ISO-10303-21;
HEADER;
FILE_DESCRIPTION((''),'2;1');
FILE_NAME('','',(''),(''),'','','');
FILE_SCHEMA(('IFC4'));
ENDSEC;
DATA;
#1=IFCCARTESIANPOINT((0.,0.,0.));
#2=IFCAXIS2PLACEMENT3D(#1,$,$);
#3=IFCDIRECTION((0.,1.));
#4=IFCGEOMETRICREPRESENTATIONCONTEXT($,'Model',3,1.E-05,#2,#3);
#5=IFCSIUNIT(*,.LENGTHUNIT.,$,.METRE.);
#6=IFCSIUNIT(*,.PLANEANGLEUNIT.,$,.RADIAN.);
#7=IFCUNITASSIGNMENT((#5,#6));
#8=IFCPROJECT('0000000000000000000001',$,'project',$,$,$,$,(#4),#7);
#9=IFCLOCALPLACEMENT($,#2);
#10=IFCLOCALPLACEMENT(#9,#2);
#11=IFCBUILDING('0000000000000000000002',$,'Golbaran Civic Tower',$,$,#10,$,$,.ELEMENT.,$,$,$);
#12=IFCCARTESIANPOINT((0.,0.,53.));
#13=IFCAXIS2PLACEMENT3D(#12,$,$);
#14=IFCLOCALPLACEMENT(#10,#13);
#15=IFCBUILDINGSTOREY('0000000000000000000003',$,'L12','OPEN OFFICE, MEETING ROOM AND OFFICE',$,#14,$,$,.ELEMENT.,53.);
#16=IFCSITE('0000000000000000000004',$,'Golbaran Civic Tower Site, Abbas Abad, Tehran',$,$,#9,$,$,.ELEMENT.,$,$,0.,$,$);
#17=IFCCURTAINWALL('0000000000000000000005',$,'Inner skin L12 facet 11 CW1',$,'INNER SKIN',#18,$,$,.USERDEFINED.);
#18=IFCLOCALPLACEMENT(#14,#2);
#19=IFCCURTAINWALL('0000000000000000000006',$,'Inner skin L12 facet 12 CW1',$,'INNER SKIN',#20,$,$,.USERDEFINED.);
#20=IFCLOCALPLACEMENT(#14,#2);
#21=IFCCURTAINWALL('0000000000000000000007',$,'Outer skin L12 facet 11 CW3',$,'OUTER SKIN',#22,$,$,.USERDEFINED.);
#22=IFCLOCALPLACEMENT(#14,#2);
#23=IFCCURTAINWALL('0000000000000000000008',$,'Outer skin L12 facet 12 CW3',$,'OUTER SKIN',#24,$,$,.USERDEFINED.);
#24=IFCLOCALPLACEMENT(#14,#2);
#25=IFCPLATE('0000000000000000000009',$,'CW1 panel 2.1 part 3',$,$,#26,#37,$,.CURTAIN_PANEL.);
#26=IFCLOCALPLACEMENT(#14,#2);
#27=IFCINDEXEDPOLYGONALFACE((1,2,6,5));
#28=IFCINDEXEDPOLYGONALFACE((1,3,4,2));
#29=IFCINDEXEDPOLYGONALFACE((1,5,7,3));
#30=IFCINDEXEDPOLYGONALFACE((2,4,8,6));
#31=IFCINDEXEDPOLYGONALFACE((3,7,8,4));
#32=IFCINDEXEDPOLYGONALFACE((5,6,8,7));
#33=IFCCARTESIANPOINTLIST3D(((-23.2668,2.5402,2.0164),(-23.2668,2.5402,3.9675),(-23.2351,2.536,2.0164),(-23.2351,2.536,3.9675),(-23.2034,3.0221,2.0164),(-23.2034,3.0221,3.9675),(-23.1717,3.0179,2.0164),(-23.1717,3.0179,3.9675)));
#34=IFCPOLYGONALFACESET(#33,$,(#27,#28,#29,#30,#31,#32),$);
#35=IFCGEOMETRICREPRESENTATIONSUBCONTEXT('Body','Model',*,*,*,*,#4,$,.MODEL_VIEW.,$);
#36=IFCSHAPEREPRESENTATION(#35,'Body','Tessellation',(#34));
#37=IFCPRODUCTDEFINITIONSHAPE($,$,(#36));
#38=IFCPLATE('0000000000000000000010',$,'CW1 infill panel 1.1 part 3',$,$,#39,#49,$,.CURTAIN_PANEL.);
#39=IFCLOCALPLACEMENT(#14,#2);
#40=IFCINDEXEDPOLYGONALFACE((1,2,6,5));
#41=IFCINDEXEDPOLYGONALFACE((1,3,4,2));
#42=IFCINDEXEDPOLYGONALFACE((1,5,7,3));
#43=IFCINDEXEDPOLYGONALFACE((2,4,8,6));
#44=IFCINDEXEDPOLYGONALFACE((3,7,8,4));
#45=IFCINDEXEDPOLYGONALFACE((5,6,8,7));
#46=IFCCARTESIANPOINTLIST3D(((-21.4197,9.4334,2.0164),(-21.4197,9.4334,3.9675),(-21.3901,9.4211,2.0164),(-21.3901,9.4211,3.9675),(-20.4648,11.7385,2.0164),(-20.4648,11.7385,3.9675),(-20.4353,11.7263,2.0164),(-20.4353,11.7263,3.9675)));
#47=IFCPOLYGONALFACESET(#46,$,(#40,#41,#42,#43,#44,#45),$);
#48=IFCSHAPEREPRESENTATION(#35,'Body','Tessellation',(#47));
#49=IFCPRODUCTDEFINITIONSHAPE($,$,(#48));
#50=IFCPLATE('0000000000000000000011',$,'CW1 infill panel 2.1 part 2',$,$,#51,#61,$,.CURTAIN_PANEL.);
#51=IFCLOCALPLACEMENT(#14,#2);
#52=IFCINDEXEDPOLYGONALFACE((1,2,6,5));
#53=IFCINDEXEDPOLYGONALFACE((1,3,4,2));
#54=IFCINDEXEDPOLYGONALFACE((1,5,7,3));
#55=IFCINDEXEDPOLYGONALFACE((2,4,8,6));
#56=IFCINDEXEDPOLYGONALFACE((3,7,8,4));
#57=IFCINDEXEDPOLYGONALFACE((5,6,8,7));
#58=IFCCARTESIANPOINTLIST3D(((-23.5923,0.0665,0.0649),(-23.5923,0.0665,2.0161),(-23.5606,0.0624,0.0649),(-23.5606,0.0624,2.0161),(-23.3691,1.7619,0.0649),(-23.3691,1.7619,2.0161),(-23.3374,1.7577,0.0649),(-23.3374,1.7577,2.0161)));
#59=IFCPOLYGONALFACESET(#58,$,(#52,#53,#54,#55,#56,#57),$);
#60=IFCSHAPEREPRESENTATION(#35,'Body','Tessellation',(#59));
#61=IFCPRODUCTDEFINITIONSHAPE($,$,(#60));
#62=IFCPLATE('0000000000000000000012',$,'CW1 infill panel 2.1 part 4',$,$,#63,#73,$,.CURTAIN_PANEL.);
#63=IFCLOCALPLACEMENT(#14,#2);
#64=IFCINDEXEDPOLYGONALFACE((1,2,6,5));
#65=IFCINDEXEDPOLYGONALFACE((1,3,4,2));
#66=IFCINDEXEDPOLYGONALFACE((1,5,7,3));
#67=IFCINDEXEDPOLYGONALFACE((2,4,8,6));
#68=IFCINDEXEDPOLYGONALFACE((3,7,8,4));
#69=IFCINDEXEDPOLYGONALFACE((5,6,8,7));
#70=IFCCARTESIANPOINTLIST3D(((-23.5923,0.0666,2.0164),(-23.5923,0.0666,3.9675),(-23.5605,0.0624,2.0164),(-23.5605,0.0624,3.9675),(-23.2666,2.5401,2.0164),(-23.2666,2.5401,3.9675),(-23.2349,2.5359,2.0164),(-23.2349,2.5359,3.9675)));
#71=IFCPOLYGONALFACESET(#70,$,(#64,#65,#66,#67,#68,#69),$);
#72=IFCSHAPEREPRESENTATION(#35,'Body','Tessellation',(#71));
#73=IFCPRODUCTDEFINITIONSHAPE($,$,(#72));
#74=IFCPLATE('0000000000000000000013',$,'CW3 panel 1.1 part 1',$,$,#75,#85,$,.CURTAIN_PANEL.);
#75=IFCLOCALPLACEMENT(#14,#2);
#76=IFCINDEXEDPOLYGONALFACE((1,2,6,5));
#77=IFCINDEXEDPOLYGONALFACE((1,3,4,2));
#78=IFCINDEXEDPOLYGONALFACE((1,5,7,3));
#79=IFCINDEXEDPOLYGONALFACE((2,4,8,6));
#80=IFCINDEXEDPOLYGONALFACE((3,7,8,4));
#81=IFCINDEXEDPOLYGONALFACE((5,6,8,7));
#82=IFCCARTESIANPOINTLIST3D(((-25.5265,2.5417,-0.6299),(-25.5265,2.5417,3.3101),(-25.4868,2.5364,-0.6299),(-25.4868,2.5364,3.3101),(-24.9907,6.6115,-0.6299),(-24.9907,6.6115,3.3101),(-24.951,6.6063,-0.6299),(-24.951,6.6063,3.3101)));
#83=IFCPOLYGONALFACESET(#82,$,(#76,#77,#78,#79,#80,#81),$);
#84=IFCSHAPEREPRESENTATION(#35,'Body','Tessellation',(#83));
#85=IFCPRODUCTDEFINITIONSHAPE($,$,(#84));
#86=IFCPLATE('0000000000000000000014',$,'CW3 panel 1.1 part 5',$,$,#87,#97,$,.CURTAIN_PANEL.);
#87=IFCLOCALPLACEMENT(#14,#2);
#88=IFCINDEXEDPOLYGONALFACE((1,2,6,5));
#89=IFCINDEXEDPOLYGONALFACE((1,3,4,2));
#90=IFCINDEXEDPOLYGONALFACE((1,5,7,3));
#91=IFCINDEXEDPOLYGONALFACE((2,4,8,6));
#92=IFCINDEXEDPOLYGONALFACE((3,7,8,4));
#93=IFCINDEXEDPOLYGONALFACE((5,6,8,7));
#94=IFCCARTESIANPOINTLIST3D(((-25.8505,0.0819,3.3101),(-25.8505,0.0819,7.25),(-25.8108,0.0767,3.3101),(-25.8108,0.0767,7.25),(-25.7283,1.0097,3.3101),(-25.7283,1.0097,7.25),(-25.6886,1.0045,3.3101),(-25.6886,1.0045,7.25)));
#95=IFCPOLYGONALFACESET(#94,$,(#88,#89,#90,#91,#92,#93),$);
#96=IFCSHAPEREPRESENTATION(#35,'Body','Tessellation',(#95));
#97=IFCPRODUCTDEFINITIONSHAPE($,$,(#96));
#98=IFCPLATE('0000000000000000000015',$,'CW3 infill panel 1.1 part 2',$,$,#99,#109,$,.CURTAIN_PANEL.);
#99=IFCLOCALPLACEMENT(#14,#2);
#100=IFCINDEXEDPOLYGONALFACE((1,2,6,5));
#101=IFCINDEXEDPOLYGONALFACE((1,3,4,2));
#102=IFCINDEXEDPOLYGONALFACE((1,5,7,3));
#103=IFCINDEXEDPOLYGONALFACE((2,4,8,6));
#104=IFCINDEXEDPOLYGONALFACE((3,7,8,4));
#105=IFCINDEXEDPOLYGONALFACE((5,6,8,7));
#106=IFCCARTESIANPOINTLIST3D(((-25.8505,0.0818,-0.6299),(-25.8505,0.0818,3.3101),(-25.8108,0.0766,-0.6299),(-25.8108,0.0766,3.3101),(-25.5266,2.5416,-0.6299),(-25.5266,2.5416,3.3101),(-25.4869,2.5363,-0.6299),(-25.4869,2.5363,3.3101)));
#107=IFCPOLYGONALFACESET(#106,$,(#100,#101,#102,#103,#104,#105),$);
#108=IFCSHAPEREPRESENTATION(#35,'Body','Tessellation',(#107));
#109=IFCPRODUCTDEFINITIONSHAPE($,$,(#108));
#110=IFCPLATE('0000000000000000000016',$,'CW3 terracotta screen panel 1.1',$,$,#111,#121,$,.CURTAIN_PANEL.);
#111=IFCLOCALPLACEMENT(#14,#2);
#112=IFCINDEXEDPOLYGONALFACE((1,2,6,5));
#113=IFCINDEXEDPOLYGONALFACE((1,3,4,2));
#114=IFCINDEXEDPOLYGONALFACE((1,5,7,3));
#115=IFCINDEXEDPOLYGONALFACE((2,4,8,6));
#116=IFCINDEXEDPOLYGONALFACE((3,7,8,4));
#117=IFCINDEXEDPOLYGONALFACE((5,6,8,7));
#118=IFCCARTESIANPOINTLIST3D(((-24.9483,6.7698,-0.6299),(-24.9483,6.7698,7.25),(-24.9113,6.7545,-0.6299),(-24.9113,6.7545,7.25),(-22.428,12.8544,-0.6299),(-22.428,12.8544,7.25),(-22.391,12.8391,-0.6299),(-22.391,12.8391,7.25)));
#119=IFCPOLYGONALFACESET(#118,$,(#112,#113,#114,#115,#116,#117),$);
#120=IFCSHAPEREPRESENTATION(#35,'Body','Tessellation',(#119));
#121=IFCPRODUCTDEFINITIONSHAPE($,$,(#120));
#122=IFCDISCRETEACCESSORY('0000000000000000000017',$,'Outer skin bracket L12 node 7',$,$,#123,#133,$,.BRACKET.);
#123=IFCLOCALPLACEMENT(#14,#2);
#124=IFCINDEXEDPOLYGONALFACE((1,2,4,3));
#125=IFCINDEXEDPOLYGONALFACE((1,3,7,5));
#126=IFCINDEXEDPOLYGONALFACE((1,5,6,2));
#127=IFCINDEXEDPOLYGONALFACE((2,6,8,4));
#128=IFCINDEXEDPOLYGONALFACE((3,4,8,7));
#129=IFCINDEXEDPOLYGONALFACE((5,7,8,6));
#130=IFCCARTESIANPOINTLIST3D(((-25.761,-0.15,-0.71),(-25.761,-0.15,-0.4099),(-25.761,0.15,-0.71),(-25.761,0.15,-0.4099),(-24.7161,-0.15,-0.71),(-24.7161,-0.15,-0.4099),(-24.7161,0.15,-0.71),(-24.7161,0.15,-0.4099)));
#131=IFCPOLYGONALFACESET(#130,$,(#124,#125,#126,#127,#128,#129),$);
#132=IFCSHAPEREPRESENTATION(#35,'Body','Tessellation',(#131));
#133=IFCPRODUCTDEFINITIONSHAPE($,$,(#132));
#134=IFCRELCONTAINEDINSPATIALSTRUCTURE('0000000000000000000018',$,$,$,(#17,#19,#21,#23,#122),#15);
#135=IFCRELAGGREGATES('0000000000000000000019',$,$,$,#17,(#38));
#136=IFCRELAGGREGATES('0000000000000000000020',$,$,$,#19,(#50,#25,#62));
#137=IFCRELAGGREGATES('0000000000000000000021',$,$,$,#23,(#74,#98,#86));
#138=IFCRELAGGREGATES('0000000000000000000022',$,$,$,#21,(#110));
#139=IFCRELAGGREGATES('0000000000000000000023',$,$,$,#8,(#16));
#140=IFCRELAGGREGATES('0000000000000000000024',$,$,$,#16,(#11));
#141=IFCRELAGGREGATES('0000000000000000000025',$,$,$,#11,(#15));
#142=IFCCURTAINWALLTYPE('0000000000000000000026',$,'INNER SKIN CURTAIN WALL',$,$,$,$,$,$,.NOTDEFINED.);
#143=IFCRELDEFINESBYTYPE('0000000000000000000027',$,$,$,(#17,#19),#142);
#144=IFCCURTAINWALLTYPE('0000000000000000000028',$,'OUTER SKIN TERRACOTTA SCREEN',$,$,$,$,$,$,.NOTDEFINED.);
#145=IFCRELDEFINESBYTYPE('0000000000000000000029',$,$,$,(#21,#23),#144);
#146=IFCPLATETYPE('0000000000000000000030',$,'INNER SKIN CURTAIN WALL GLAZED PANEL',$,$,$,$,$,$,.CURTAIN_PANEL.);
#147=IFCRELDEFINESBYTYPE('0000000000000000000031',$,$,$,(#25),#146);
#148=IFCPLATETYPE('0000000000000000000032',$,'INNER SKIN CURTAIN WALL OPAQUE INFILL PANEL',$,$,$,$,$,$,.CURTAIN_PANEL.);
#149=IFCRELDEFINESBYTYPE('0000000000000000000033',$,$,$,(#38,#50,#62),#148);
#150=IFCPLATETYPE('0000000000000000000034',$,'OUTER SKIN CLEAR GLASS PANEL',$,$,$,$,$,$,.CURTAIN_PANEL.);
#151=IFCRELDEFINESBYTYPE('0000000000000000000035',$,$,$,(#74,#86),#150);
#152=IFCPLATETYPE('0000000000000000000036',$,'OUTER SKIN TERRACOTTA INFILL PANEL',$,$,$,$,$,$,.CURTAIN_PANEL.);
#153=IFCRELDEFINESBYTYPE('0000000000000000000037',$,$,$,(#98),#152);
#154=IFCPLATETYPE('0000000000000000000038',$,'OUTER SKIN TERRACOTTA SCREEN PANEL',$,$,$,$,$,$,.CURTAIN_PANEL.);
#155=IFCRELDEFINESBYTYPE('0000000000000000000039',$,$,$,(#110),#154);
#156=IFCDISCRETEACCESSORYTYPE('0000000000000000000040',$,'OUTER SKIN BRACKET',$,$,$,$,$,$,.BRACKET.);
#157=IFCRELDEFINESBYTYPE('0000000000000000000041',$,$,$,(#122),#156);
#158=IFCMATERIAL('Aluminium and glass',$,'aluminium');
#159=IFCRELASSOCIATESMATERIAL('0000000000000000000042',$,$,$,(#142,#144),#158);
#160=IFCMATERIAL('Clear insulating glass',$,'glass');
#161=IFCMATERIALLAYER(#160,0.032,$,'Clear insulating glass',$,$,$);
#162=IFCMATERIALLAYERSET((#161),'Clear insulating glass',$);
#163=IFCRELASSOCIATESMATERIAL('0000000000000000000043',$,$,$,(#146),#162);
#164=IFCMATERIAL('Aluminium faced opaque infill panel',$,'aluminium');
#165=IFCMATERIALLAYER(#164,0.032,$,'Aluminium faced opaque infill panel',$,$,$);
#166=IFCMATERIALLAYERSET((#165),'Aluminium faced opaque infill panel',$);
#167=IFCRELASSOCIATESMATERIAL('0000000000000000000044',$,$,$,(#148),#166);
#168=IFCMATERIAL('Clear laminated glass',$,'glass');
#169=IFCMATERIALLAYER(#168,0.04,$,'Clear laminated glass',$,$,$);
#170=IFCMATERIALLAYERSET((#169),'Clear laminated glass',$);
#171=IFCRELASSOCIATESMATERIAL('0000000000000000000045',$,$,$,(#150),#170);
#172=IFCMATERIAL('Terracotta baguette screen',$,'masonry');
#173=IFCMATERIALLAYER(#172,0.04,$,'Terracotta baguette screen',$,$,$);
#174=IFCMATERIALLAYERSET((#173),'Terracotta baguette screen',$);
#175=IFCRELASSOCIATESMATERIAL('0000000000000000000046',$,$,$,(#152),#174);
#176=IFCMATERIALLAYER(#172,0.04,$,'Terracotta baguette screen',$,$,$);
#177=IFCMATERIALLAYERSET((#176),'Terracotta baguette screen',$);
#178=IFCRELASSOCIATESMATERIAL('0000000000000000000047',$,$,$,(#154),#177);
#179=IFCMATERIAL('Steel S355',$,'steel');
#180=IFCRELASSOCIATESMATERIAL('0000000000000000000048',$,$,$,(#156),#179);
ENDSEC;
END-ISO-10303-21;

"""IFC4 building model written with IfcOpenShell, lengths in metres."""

from ifc_helpers import new_model, si_unit, direction, frame, origin, origin_2d, place, context, subcontext, project, spatial, rectangle, extrude, material, layer, layer_set, type_object, element, aggregate, save


model = new_model("IFC4")

# Units and contexts
model_context = context("Model", 3, precision=1e-05, world=origin(), true_north=direction((0.0, 1.0)))
body_context = subcontext(model_context, "Body", "Model", "MODEL_VIEW")
ifc_project = project(units=[si_unit("LENGTHUNIT", "METRE"), si_unit("PLANEANGLEUNIT", "RADIAN")], contexts=[model_context])

# Site, building, storey
site_placement = place(None, origin())
site = spatial("IfcSite", under=ifc_project, at=site_placement, Name="Golbaran Civic Tower Site, Abbas Abad, Tehran", CompositionType="ELEMENT", RefElevation=0.0)
building_placement = place(site_placement, origin())
building = spatial("IfcBuilding", under=site, at=building_placement, Name="Golbaran Civic Tower", CompositionType="ELEMENT")
storey_placement = place(building_placement, frame((0.0, 0.0, 53.0)))
storey = spatial("IfcBuildingStorey", under=building, at=storey_placement, Name="L12", Description="OPEN OFFICE, MEETING ROOM AND OFFICE", CompositionType="ELEMENT", Elevation=53.0)

# Shared definitions
ifc_material_1 = material(Name="Steel S355", Category="steel")

# Curtain walls
ifc_material_2 = material(Name="Aluminium and glass", Category="aluminium")
curtain_wall_type_1 = type_object("IfcCurtainWallType", Name="INNER SKIN CURTAIN WALL", PredefinedType="NOTDEFINED", material=ifc_material_2)
curtain_wall_1_placement = place(storey_placement, origin())
curtain_wall_1 = element("IfcCurtainWall", 1, at=curtain_wall_1_placement, inside=storey, type_object=curtain_wall_type_1, Name="Inner skin L12 facet 11 CW1", ObjectType="INNER SKIN", PredefinedType="USERDEFINED")
curtain_wall_2_placement = place(storey_placement, origin())
curtain_wall_2 = element("IfcCurtainWall", 2, at=curtain_wall_2_placement, inside=storey, type_object=curtain_wall_type_1, Name="Inner skin L12 facet 12 CW1", ObjectType="INNER SKIN", PredefinedType="USERDEFINED")

# Curtain wall
curtain_wall_type_2 = type_object("IfcCurtainWallType", Name="OUTER SKIN TERRACOTTA SCREEN", PredefinedType="NOTDEFINED", material=ifc_material_2)
curtain_wall_3_placement = place(storey_placement, origin())
curtain_wall_3 = element("IfcCurtainWall", 3, at=curtain_wall_3_placement, inside=storey, type_object=curtain_wall_type_2, Name="Outer skin L12 facet 11 CW3", ObjectType="OUTER SKIN", PredefinedType="USERDEFINED")

# Curtain wall
curtain_wall_4_placement = place(storey_placement, origin())
curtain_wall_4 = element("IfcCurtainWall", 4, at=curtain_wall_4_placement, inside=storey, type_object=curtain_wall_type_2, Name="Outer skin L12 facet 12 CW3", ObjectType="OUTER SKIN", PredefinedType="USERDEFINED")

# Plates
ifc_material_3 = material(Name="Clear insulating glass", Category="glass")
ifc_layer_1 = layer(ifc_material_3, 0.032, Name="Clear insulating glass")
ifc_layer_set_1 = layer_set([ifc_layer_1], Name="Clear insulating glass")
plate_type_1 = type_object("IfcPlateType", Name="INNER SKIN CURTAIN WALL GLAZED PANEL", PredefinedType="CURTAIN_PANEL", material=ifc_layer_set_1)
plate_1_placement = place(storey_placement, frame((-23.2192, 2.7791, 2.0164), z_axis=(0.0, 0.0, 1.0), x_axis=(-0.130526, -0.991445, 0.0)))
plate_1 = element("IfcPlate", 5, at=plate_1_placement, type_object=plate_type_1, Name="CW1 panel 2.1 part 3", PredefinedType="CURTAIN_PANEL", context=body_context, shape_type="SweptSolid", body=[
    extrude(rectangle(XDim=0.4861, YDim=0.032, at=origin_2d()), origin(), (0.0, 0.0, 1.0), 1.9512),
])
ifc_material_4 = material(Name="Aluminium faced opaque infill panel", Category="aluminium")
ifc_layer_2 = layer(ifc_material_4, 0.032, Name="Aluminium faced opaque infill panel")
ifc_layer_set_2 = layer_set([ifc_layer_2], Name="Aluminium faced opaque infill panel")
plate_type_2 = type_object("IfcPlateType", Name="INNER SKIN CURTAIN WALL OPAQUE INFILL PANEL", PredefinedType="CURTAIN_PANEL", material=ifc_layer_set_2)
plate_2_placement = place(storey_placement, frame((-20.9275, 10.5798, 2.0164), z_axis=(0.0, 0.0, 1.0), x_axis=(-0.382683, -0.92388, 0.0)))
plate_2 = element("IfcPlate", 6, at=plate_2_placement, type_object=plate_type_2, Name="CW1 infill panel 1.1 part 3", PredefinedType="CURTAIN_PANEL", context=body_context, shape_type="SweptSolid", body=[
    extrude(rectangle(XDim=2.4951, YDim=0.032, at=origin_2d()), origin(), (0.0, 0.0, 1.0), 1.9512),
])
aggregate(curtain_wall_1, [plate_2])
plate_3_placement = place(storey_placement, frame((-23.4648, 0.9121, 0.0649), z_axis=(0.0, 0.0, 1.0), x_axis=(-0.130526, -0.991445, 0.0)))
plate_3 = element("IfcPlate", 7, at=plate_3_placement, type_object=plate_type_2, Name="CW1 infill panel 2.1 part 2", PredefinedType="CURTAIN_PANEL", context=body_context, shape_type="SweptSolid", body=[
    extrude(rectangle(XDim=1.71, YDim=0.032, at=origin_2d()), origin(), (0.0, 0.0, 1.0), 1.9512),
])
plate_4_placement = place(storey_placement, frame((-23.4136, 1.3013, 2.0164), z_axis=(0.0, 0.0, 1.0), x_axis=(-0.130526, -0.991445, 0.0)))
plate_4 = element("IfcPlate", 8, at=plate_4_placement, type_object=plate_type_2, Name="CW1 infill panel 2.1 part 4", PredefinedType="CURTAIN_PANEL", context=body_context, shape_type="SweptSolid", body=[
    extrude(rectangle(XDim=2.4949, YDim=0.032, at=origin_2d()), origin(), (0.0, 0.0, 1.0), 1.9512),
])
aggregate(curtain_wall_2, [plate_3, plate_1, plate_4])
ifc_material_5 = material(Name="Clear laminated glass", Category="glass")
ifc_layer_3 = layer(ifc_material_5, 0.04, Name="Clear laminated glass")
ifc_layer_set_3 = layer_set([ifc_layer_3], Name="Clear laminated glass")
plate_type_3 = type_object("IfcPlateType", Name="OUTER SKIN CLEAR GLASS PANEL", PredefinedType="CURTAIN_PANEL", material=ifc_layer_set_3)
plate_5_placement = place(storey_placement, frame((-25.2388, 4.574, -0.6299), z_axis=(0.0, 0.0, 1.0), x_axis=(-0.130526, -0.991445, 0.0)))
plate_5 = element("IfcPlate", 9, at=plate_5_placement, type_object=plate_type_3, Name="CW3 panel 1.1 part 1", PredefinedType="CURTAIN_PANEL", context=body_context, shape_type="SweptSolid", body=[
    extrude(rectangle(XDim=4.105, YDim=0.04, at=origin_2d()), origin(), (0.0, 0.0, 1.0), 3.9399),
])
plate_6_placement = place(storey_placement, frame((-25.7695, 0.5432, 3.3101), z_axis=(0.0, 0.0, 1.0), x_axis=(-0.130526, -0.991445, 0.0)))
plate_6 = element("IfcPlate", 10, at=plate_6_placement, type_object=plate_type_3, Name="CW3 panel 1.1 part 5", PredefinedType="CURTAIN_PANEL", context=body_context, shape_type="SweptSolid", body=[
    extrude(rectangle(XDim=0.9358, YDim=0.04, at=origin_2d()), origin(), (0.0, 0.0, 1.0), 3.9399),
])
ifc_material_6 = material(Name="Terracotta baguette screen", Category="masonry")
ifc_layer_4 = layer(ifc_material_6, 0.04, Name="Terracotta baguette screen")
ifc_layer_set_4 = layer_set([ifc_layer_4], Name="Terracotta baguette screen")
plate_type_4 = type_object("IfcPlateType", Name="OUTER SKIN TERRACOTTA INFILL PANEL", PredefinedType="CURTAIN_PANEL", material=ifc_layer_set_4)
plate_7_placement = place(storey_placement, frame((-25.6687, 1.3091, -0.6299), z_axis=(0.0, 0.0, 1.0), x_axis=(-0.130526, -0.991445, 0.0)))
plate_7 = element("IfcPlate", 11, at=plate_7_placement, type_object=plate_type_4, Name="CW3 infill panel 1.1 part 2", PredefinedType="CURTAIN_PANEL", context=body_context, shape_type="SweptSolid", body=[
    extrude(rectangle(XDim=2.481, YDim=0.04, at=origin_2d()), origin(), (0.0, 0.0, 1.0), 3.9399),
])
aggregate(curtain_wall_4, [plate_5, plate_7, plate_6])
ifc_layer_5 = layer(ifc_material_6, 0.04, Name="Terracotta baguette screen")
ifc_layer_set_5 = layer_set([ifc_layer_5], Name="Terracotta baguette screen")
plate_type_5 = type_object("IfcPlateType", Name="OUTER SKIN TERRACOTTA SCREEN PANEL", PredefinedType="CURTAIN_PANEL", material=ifc_layer_set_5)
plate_8_placement = place(storey_placement, frame((-23.6697, 9.8044, -0.6299), z_axis=(0.0, 0.0, 1.0), x_axis=(-0.382683, -0.92388, 0.0)))
plate_8 = element("IfcPlate", 12, at=plate_8_placement, type_object=plate_type_5, Name="CW3 terracotta screen panel 1.1", PredefinedType="CURTAIN_PANEL", context=body_context, shape_type="SweptSolid", body=[
    extrude(rectangle(XDim=6.5859, YDim=0.04, at=origin_2d()), origin(), (0.0, 0.0, 1.0), 7.8799),
])
aggregate(curtain_wall_3, [plate_8])

# Discrete accessory
discrete_accessory_type = type_object("IfcDiscreteAccessoryType", Name="OUTER SKIN BRACKET", PredefinedType="BRACKET", material=ifc_material_1)
discrete_accessory_placement = place(storey_placement, frame((-25.2385, 0.0, -0.71), z_axis=(0.0, 0.0, 1.0), x_axis=(-1.0, 0.0, 0.0)))
element("IfcDiscreteAccessory", 13, at=discrete_accessory_placement, inside=storey, type_object=discrete_accessory_type, Name="Outer skin bracket L12 node 7", PredefinedType="BRACKET", context=body_context, shape_type="SweptSolid", body=[
    extrude(rectangle(XDim=1.0449, YDim=0.3, at=origin_2d()), origin(), (0.0, 0.0, 1.0), 0.3),
])

save(model, "model.ifc")
